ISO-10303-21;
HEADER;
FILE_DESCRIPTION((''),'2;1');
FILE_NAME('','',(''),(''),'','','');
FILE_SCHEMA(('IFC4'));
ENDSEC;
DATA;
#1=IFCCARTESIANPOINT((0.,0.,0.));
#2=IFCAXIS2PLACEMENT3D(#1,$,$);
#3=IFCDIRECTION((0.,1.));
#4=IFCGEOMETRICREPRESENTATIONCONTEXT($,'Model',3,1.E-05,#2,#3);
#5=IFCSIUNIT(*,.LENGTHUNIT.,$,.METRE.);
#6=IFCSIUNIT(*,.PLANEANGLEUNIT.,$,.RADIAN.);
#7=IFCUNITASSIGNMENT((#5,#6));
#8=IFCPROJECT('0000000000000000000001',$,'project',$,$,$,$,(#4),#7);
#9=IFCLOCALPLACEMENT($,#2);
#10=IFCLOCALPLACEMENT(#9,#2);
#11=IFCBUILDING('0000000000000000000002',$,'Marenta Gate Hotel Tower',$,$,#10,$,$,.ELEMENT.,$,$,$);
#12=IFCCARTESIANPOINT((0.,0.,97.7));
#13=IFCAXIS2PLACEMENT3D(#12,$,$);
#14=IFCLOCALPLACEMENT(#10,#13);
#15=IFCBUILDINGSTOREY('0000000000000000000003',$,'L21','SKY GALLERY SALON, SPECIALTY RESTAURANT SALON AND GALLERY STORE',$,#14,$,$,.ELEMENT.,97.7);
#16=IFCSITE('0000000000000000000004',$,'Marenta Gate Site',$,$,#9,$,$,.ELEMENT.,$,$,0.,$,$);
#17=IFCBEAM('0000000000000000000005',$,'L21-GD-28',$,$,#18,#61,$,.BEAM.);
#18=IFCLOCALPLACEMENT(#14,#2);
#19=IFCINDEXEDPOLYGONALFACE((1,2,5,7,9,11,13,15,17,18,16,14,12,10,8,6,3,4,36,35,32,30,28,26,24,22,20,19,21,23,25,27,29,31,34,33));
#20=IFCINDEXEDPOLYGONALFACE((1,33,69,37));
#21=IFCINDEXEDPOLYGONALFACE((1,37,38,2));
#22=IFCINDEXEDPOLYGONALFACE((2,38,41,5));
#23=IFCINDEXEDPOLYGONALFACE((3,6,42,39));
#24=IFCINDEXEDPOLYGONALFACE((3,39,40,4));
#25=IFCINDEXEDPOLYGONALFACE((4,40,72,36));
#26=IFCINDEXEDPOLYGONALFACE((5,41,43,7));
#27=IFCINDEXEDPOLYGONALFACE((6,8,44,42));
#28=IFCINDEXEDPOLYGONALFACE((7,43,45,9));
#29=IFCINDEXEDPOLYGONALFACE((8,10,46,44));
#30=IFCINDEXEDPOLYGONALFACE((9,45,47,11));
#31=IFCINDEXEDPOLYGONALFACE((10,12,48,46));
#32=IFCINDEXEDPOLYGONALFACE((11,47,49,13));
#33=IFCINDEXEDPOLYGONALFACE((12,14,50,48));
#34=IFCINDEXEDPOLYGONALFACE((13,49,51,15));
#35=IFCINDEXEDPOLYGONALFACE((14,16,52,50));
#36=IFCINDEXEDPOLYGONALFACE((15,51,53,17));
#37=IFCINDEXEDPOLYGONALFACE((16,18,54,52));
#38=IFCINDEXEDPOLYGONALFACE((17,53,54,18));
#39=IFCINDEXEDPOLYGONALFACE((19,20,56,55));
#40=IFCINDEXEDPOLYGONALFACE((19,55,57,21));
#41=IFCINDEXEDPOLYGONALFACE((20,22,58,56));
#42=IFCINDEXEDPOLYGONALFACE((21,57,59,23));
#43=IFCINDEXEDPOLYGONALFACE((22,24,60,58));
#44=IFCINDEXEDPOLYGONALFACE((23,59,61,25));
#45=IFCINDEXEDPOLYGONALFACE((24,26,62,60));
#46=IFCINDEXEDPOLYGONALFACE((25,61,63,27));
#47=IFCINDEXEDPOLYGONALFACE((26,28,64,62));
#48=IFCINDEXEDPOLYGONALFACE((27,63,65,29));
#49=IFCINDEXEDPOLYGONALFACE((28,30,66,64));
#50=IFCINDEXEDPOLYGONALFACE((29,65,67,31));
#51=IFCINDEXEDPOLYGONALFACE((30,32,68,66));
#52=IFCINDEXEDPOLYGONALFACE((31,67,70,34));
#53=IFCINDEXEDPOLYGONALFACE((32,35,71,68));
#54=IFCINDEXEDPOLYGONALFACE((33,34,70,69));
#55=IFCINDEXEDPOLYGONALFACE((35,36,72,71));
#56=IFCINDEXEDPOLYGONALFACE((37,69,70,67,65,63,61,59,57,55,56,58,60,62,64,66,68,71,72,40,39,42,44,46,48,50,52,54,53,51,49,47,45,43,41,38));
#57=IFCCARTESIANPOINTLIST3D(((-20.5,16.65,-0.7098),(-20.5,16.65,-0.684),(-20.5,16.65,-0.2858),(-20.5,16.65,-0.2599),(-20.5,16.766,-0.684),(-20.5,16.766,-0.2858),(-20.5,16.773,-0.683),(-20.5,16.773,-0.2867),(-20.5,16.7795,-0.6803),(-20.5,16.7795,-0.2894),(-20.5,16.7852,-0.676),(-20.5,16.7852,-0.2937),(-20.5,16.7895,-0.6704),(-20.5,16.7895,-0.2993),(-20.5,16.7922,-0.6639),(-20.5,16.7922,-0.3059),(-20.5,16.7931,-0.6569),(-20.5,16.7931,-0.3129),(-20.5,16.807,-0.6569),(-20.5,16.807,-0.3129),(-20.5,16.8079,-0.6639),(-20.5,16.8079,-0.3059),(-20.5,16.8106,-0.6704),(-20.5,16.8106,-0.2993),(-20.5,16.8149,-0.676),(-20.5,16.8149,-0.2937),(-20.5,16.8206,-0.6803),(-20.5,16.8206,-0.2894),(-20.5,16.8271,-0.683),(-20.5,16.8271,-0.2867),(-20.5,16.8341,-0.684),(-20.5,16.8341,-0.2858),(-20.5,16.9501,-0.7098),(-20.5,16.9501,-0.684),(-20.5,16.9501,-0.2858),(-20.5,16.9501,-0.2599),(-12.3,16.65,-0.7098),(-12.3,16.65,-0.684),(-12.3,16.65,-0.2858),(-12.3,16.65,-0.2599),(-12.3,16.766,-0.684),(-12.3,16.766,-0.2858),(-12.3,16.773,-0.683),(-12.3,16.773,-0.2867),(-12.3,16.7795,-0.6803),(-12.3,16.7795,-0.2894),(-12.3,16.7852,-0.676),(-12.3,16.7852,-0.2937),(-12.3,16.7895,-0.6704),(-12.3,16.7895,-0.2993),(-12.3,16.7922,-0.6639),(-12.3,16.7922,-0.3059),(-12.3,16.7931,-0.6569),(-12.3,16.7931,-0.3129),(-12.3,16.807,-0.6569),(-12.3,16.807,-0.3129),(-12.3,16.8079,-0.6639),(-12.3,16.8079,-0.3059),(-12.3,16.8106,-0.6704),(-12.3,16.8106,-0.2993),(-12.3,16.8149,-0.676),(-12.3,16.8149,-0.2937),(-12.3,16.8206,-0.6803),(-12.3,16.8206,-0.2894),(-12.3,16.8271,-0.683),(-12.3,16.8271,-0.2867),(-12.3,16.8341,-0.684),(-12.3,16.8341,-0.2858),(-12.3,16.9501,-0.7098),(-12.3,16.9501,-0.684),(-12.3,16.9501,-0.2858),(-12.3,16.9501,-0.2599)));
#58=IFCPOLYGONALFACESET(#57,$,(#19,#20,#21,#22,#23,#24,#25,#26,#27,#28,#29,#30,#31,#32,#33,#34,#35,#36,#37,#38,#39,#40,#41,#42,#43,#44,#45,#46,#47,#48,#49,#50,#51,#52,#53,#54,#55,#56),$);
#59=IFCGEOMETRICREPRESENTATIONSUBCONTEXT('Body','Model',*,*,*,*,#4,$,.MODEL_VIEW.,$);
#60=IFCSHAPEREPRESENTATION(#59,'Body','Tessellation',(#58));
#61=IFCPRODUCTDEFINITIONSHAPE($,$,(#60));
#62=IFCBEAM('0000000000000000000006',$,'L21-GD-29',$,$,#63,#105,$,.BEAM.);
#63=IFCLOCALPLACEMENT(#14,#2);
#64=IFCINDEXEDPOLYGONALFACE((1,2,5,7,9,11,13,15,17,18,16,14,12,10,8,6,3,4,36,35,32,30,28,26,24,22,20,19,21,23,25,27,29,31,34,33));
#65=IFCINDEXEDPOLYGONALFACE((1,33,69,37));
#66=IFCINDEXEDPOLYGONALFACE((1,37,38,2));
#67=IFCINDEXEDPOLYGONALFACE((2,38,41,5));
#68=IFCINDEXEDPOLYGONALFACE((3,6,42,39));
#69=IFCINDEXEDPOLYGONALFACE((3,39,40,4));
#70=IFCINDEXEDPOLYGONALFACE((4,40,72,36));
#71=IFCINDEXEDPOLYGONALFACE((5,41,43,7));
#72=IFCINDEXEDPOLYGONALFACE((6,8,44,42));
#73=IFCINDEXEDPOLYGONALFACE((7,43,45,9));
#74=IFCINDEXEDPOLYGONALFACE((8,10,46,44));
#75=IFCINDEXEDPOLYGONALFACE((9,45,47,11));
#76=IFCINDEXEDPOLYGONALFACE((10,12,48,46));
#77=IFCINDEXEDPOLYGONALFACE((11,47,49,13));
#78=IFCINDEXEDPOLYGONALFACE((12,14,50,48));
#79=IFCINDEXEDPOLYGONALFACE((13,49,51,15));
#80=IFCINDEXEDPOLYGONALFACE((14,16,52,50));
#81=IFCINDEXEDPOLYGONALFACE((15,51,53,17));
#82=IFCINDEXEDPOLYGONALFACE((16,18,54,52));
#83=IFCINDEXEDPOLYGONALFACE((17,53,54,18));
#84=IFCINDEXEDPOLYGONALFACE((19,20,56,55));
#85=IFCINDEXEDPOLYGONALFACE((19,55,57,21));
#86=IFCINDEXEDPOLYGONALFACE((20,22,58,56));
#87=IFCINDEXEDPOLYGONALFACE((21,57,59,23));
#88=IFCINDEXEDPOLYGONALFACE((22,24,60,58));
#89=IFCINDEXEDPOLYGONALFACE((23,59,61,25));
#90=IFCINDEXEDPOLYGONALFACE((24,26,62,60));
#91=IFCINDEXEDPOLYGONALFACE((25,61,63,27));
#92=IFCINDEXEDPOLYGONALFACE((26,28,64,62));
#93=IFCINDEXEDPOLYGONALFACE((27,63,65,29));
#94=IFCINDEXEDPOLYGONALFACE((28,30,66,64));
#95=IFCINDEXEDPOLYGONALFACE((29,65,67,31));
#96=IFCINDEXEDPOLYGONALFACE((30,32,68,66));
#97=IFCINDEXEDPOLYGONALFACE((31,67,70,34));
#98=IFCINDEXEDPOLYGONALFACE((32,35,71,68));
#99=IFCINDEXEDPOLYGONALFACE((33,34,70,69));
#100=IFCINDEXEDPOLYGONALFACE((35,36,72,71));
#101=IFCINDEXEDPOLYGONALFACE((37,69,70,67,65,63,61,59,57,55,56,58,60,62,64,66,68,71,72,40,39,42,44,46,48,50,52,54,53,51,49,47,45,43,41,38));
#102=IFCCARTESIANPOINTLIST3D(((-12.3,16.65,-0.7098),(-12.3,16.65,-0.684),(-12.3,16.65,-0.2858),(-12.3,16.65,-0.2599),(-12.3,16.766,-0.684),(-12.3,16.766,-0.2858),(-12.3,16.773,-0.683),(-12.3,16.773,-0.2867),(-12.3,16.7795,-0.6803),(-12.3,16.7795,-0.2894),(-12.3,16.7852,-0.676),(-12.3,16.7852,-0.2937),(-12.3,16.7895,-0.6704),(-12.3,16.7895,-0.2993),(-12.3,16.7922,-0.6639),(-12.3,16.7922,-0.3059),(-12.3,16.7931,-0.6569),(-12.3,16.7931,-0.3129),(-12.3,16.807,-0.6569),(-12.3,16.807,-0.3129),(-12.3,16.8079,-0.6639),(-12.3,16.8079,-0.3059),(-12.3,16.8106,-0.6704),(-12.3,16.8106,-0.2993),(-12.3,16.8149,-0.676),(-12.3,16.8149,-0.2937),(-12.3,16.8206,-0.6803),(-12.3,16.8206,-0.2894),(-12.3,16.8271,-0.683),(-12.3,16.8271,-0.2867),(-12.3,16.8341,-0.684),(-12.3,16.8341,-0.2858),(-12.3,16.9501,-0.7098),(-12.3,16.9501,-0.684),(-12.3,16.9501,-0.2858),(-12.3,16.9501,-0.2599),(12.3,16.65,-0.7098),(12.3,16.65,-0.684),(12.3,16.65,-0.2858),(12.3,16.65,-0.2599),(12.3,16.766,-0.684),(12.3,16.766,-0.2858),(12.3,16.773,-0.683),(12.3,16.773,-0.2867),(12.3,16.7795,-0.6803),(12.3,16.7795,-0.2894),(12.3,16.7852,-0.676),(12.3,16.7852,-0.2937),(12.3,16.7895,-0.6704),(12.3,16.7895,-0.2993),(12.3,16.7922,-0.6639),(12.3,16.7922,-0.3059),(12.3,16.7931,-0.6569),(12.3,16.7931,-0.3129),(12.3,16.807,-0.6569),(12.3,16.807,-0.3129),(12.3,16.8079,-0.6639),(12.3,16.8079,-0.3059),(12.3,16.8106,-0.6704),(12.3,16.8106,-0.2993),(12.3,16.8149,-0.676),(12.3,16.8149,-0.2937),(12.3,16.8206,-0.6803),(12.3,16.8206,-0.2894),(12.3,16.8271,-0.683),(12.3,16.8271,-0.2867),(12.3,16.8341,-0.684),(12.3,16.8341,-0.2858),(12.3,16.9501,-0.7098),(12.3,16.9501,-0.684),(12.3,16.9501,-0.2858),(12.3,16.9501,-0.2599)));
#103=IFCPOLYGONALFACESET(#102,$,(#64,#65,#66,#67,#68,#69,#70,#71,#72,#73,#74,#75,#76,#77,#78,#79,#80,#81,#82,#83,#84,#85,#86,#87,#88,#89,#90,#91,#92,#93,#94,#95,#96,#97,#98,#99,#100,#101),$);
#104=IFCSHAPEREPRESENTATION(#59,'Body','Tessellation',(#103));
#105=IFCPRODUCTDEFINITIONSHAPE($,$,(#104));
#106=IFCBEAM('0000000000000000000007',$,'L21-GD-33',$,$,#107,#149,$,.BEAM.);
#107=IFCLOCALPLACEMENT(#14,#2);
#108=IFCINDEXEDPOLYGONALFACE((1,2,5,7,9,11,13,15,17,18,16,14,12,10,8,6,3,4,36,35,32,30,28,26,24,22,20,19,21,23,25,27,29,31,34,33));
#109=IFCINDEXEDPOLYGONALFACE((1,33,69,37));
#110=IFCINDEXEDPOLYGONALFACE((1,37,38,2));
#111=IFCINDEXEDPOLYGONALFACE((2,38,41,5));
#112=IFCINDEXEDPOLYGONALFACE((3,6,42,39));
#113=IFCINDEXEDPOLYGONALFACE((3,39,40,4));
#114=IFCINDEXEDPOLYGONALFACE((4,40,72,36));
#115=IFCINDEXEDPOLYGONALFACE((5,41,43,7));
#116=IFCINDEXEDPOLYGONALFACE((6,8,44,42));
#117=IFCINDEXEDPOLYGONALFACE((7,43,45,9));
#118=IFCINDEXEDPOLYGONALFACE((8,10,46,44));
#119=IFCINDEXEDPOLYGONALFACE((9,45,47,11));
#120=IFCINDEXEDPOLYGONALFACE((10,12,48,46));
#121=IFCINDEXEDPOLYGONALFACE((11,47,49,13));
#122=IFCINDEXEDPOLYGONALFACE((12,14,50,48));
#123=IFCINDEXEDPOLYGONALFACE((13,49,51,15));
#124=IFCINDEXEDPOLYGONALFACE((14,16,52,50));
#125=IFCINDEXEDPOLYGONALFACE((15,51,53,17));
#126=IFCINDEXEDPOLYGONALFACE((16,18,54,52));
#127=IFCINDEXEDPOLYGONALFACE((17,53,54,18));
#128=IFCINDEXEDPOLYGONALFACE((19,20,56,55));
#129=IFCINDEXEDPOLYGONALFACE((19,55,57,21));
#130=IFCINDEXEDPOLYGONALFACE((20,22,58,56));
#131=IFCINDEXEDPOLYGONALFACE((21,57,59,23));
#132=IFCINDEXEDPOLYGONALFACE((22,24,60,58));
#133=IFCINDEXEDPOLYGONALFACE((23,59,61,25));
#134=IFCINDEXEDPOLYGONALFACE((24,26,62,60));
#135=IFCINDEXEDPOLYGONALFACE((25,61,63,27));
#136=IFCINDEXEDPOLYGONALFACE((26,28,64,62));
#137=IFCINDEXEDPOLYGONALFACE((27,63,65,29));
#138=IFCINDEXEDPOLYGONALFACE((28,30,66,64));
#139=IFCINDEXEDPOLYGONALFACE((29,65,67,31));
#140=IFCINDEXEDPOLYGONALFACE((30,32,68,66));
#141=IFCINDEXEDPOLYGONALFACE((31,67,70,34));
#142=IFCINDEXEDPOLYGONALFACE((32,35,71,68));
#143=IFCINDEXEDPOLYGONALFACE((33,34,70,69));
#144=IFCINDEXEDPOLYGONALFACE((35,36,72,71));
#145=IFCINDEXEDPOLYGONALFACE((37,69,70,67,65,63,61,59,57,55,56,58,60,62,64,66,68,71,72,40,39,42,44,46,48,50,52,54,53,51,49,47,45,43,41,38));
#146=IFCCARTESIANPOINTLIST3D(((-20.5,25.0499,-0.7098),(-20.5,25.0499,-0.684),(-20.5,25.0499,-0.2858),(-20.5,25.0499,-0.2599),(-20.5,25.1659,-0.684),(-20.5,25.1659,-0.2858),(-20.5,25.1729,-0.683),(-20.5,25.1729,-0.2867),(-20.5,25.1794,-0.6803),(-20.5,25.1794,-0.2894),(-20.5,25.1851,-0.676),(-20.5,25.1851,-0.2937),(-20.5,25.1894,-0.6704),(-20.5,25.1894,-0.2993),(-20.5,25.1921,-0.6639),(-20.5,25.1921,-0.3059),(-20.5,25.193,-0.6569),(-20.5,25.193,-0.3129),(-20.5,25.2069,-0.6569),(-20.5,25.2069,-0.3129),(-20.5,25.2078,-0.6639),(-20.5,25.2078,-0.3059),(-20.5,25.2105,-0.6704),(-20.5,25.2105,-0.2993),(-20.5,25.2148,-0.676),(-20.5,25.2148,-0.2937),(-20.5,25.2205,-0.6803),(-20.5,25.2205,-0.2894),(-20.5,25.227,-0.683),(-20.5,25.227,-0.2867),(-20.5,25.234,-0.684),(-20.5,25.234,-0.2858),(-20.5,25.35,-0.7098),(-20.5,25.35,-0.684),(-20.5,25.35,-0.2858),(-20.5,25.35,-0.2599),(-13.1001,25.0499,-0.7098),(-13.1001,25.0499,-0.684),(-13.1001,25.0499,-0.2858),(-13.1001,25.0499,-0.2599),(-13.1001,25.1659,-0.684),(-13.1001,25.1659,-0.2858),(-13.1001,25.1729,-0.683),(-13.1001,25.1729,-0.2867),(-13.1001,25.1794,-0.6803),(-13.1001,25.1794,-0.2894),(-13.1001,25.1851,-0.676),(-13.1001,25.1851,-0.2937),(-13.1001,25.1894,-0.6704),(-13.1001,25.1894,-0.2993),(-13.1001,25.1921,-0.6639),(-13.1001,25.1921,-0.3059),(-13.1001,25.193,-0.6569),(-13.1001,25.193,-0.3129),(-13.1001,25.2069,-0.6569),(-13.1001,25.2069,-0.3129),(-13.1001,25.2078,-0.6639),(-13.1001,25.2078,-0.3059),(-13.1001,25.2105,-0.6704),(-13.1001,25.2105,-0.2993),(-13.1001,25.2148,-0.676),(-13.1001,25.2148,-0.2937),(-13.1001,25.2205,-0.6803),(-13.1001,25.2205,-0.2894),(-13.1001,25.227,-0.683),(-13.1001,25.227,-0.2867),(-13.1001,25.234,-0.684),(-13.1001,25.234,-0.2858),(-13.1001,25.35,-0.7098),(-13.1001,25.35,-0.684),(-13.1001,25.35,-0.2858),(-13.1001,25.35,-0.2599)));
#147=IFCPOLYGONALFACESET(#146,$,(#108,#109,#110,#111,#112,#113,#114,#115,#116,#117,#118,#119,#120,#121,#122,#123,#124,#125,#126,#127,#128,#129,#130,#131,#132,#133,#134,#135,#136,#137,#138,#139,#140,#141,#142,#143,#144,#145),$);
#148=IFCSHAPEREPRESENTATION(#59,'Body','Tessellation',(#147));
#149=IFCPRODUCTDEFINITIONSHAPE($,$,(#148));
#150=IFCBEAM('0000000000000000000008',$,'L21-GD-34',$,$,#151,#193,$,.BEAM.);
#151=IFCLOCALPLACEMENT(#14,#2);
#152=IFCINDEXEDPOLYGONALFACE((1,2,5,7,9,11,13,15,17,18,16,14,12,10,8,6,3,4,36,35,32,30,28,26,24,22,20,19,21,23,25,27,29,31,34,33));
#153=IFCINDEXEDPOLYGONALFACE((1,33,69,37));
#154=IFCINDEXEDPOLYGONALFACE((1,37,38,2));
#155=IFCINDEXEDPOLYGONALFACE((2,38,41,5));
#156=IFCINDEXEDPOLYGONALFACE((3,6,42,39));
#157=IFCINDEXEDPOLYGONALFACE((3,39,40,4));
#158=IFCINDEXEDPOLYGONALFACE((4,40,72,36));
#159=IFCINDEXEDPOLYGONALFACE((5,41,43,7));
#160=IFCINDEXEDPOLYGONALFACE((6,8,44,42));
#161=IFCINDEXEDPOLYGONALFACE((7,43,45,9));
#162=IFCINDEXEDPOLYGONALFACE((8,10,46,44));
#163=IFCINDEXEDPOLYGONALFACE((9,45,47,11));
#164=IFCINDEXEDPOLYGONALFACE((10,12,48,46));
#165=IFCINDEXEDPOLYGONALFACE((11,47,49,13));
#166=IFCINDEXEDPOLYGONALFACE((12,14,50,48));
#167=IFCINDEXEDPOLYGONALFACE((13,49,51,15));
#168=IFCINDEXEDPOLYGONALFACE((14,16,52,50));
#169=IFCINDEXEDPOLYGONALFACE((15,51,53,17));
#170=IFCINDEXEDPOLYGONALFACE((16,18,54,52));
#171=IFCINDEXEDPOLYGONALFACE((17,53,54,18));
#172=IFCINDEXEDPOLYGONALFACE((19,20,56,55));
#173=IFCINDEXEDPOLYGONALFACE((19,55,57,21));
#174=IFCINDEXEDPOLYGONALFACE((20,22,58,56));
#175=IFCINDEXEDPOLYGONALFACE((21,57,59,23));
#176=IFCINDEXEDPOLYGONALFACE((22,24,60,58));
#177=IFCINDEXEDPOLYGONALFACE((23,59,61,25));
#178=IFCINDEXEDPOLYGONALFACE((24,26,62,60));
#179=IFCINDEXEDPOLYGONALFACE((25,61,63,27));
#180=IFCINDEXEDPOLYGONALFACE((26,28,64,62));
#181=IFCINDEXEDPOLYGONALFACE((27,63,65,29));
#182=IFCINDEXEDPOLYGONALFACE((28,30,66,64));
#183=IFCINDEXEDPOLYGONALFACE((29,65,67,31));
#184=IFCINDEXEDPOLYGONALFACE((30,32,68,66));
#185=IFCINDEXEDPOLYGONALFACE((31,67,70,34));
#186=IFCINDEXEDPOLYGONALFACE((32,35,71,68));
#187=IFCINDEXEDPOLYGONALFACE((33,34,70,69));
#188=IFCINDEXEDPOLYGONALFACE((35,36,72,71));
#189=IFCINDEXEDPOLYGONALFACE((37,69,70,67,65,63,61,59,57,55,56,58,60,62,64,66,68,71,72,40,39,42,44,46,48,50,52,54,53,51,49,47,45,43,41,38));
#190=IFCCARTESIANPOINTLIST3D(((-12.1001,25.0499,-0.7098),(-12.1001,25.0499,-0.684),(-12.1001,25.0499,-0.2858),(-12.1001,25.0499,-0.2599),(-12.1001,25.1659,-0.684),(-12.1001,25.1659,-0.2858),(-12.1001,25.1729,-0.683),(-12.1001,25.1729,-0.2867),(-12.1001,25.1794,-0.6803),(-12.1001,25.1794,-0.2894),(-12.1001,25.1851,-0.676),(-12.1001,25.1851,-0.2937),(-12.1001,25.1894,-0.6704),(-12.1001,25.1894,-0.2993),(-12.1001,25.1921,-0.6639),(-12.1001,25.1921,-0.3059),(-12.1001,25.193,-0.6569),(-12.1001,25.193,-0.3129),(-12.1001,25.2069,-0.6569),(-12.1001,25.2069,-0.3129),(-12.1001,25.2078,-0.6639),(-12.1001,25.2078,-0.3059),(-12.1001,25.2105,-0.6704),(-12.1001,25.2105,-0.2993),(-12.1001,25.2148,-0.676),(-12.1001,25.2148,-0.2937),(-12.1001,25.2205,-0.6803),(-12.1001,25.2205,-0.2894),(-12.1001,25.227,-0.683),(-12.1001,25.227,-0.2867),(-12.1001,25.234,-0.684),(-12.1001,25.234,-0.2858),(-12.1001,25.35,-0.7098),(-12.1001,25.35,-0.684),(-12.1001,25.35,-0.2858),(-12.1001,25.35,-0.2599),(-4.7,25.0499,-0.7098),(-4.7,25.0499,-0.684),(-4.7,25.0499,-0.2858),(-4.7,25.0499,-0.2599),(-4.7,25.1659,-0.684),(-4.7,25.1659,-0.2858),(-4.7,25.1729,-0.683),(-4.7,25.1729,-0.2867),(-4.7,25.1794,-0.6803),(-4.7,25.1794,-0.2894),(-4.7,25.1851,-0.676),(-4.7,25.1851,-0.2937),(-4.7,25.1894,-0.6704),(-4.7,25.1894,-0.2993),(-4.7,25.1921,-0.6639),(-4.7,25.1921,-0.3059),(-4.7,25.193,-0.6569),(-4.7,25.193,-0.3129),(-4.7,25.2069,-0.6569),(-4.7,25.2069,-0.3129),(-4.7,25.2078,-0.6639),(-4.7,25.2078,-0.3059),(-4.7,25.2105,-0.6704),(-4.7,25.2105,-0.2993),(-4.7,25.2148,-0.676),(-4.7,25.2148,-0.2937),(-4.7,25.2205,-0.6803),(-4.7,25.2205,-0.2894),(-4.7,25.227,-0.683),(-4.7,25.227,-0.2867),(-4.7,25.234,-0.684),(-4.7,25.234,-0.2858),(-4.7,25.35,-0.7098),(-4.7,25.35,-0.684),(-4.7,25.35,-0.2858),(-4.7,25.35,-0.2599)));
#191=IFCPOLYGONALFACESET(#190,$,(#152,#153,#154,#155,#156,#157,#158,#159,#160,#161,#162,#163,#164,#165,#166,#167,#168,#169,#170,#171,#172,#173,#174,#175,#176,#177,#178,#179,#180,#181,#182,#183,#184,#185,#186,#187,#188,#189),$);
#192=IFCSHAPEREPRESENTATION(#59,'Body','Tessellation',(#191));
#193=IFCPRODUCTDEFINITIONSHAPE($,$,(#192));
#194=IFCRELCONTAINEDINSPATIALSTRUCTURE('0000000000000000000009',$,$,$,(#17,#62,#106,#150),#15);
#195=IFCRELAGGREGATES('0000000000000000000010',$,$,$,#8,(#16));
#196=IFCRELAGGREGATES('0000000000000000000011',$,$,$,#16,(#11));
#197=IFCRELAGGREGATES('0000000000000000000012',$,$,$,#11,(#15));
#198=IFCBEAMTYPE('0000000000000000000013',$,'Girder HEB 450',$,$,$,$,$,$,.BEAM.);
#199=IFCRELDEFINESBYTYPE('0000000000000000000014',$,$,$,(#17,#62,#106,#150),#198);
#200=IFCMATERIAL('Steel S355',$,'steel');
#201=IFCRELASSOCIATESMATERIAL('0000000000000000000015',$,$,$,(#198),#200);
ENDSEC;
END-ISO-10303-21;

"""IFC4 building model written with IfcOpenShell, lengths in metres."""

from ifc_helpers import new_model, si_unit, direction, frame, origin, origin_2d, place, context, subcontext, project, spatial, i_section, extrude, material, material_profile, profile_set, type_object, element, save


model = new_model("IFC4")

# Units and contexts
model_context = context("Model", 3, precision=1e-05, world=origin(), true_north=direction((0.0, 1.0)))
body_context = subcontext(model_context, "Body", "Model", "MODEL_VIEW")
ifc_project = project(units=[si_unit("LENGTHUNIT", "METRE"), si_unit("PLANEANGLEUNIT", "RADIAN")], contexts=[model_context])

# Site, building, storey
site_placement = place(None, origin())
site = spatial("IfcSite", under=ifc_project, at=site_placement, Name="Marenta Gate Site", CompositionType="ELEMENT", RefElevation=0.0)
building_placement = place(site_placement, origin())
building = spatial("IfcBuilding", under=site, at=building_placement, Name="Marenta Gate Hotel Tower", CompositionType="ELEMENT")
storey_placement = place(building_placement, frame((0.0, 0.0, 97.7)))
storey = spatial("IfcBuildingStorey", under=building, at=storey_placement, Name="L21", Description="SKY GALLERY SALON, SPECIALTY RESTAURANT SALON AND GALLERY STORE", CompositionType="ELEMENT", Elevation=97.7)

# Beams
ifc_material_1 = material(Name="Steel S355", Category="steel")
ifc_material_profile_1 = material_profile(ifc_material_1, i_section(OverallWidth=0.3, OverallDepth=0.45, WebThickness=0.0139, FlangeThickness=0.0259, FilletRadius=0.0271, at=origin_2d()), Name="HEB 450")
ifc_profile_set_1 = profile_set([ifc_material_profile_1], Name="Steel S355")
beam_type_1 = type_object("IfcBeamType", Name="Girder HEB 450", PredefinedType="BEAM", material=ifc_profile_set_1)
beam_1_placement = place(storey_placement, frame((-20.5, 16.8, -0.4849), z_axis=(1.0, 0.0, 0.0), x_axis=(0.0, 1.0, 0.0)))
element("IfcBeam", 1, at=beam_1_placement, inside=storey, type_object=beam_type_1, Name="L21-GD-28", PredefinedType="BEAM", context=body_context, shape_type="SweptSolid", body=[
    extrude(i_section(OverallWidth=0.3, OverallDepth=0.45, WebThickness=0.0139, FlangeThickness=0.0259, FilletRadius=0.0271, at=origin_2d()), origin(), (0.0, 0.0, 1.0), 8.2),
])
beam_2_placement = place(storey_placement, frame((-12.3, 16.8, -0.4849), z_axis=(1.0, 0.0, 0.0), x_axis=(0.0, 1.0, 0.0)))
element("IfcBeam", 2, at=beam_2_placement, inside=storey, type_object=beam_type_1, Name="L21-GD-29", PredefinedType="BEAM", context=body_context, shape_type="SweptSolid", body=[
    extrude(i_section(OverallWidth=0.3, OverallDepth=0.45, WebThickness=0.0139, FlangeThickness=0.0259, FilletRadius=0.0271, at=origin_2d()), origin(), (0.0, 0.0, 1.0), 24.6001),
])
beam_3_placement = place(storey_placement, frame((-20.5, 25.2, -0.4849), z_axis=(1.0, 0.0, 0.0), x_axis=(0.0, 1.0, 0.0)))
element("IfcBeam", 3, at=beam_3_placement, inside=storey, type_object=beam_type_1, Name="L21-GD-33", PredefinedType="BEAM", context=body_context, shape_type="SweptSolid", body=[
    extrude(i_section(OverallWidth=0.3, OverallDepth=0.45, WebThickness=0.0139, FlangeThickness=0.0259, FilletRadius=0.0271, at=origin_2d()), origin(), (0.0, 0.0, 1.0), 7.3999),
])
beam_4_placement = place(storey_placement, frame((-12.1001, 25.2, -0.4849), z_axis=(1.0, 0.0, 0.0), x_axis=(0.0, 1.0, 0.0)))
element("IfcBeam", 4, at=beam_4_placement, inside=storey, type_object=beam_type_1, Name="L21-GD-34", PredefinedType="BEAM", context=body_context, shape_type="SweptSolid", body=[
    extrude(i_section(OverallWidth=0.3, OverallDepth=0.45, WebThickness=0.0139, FlangeThickness=0.0259, FilletRadius=0.0271, at=origin_2d()), origin(), (0.0, 0.0, 1.0), 7.4001),
])

save(model, "model.ifc")
